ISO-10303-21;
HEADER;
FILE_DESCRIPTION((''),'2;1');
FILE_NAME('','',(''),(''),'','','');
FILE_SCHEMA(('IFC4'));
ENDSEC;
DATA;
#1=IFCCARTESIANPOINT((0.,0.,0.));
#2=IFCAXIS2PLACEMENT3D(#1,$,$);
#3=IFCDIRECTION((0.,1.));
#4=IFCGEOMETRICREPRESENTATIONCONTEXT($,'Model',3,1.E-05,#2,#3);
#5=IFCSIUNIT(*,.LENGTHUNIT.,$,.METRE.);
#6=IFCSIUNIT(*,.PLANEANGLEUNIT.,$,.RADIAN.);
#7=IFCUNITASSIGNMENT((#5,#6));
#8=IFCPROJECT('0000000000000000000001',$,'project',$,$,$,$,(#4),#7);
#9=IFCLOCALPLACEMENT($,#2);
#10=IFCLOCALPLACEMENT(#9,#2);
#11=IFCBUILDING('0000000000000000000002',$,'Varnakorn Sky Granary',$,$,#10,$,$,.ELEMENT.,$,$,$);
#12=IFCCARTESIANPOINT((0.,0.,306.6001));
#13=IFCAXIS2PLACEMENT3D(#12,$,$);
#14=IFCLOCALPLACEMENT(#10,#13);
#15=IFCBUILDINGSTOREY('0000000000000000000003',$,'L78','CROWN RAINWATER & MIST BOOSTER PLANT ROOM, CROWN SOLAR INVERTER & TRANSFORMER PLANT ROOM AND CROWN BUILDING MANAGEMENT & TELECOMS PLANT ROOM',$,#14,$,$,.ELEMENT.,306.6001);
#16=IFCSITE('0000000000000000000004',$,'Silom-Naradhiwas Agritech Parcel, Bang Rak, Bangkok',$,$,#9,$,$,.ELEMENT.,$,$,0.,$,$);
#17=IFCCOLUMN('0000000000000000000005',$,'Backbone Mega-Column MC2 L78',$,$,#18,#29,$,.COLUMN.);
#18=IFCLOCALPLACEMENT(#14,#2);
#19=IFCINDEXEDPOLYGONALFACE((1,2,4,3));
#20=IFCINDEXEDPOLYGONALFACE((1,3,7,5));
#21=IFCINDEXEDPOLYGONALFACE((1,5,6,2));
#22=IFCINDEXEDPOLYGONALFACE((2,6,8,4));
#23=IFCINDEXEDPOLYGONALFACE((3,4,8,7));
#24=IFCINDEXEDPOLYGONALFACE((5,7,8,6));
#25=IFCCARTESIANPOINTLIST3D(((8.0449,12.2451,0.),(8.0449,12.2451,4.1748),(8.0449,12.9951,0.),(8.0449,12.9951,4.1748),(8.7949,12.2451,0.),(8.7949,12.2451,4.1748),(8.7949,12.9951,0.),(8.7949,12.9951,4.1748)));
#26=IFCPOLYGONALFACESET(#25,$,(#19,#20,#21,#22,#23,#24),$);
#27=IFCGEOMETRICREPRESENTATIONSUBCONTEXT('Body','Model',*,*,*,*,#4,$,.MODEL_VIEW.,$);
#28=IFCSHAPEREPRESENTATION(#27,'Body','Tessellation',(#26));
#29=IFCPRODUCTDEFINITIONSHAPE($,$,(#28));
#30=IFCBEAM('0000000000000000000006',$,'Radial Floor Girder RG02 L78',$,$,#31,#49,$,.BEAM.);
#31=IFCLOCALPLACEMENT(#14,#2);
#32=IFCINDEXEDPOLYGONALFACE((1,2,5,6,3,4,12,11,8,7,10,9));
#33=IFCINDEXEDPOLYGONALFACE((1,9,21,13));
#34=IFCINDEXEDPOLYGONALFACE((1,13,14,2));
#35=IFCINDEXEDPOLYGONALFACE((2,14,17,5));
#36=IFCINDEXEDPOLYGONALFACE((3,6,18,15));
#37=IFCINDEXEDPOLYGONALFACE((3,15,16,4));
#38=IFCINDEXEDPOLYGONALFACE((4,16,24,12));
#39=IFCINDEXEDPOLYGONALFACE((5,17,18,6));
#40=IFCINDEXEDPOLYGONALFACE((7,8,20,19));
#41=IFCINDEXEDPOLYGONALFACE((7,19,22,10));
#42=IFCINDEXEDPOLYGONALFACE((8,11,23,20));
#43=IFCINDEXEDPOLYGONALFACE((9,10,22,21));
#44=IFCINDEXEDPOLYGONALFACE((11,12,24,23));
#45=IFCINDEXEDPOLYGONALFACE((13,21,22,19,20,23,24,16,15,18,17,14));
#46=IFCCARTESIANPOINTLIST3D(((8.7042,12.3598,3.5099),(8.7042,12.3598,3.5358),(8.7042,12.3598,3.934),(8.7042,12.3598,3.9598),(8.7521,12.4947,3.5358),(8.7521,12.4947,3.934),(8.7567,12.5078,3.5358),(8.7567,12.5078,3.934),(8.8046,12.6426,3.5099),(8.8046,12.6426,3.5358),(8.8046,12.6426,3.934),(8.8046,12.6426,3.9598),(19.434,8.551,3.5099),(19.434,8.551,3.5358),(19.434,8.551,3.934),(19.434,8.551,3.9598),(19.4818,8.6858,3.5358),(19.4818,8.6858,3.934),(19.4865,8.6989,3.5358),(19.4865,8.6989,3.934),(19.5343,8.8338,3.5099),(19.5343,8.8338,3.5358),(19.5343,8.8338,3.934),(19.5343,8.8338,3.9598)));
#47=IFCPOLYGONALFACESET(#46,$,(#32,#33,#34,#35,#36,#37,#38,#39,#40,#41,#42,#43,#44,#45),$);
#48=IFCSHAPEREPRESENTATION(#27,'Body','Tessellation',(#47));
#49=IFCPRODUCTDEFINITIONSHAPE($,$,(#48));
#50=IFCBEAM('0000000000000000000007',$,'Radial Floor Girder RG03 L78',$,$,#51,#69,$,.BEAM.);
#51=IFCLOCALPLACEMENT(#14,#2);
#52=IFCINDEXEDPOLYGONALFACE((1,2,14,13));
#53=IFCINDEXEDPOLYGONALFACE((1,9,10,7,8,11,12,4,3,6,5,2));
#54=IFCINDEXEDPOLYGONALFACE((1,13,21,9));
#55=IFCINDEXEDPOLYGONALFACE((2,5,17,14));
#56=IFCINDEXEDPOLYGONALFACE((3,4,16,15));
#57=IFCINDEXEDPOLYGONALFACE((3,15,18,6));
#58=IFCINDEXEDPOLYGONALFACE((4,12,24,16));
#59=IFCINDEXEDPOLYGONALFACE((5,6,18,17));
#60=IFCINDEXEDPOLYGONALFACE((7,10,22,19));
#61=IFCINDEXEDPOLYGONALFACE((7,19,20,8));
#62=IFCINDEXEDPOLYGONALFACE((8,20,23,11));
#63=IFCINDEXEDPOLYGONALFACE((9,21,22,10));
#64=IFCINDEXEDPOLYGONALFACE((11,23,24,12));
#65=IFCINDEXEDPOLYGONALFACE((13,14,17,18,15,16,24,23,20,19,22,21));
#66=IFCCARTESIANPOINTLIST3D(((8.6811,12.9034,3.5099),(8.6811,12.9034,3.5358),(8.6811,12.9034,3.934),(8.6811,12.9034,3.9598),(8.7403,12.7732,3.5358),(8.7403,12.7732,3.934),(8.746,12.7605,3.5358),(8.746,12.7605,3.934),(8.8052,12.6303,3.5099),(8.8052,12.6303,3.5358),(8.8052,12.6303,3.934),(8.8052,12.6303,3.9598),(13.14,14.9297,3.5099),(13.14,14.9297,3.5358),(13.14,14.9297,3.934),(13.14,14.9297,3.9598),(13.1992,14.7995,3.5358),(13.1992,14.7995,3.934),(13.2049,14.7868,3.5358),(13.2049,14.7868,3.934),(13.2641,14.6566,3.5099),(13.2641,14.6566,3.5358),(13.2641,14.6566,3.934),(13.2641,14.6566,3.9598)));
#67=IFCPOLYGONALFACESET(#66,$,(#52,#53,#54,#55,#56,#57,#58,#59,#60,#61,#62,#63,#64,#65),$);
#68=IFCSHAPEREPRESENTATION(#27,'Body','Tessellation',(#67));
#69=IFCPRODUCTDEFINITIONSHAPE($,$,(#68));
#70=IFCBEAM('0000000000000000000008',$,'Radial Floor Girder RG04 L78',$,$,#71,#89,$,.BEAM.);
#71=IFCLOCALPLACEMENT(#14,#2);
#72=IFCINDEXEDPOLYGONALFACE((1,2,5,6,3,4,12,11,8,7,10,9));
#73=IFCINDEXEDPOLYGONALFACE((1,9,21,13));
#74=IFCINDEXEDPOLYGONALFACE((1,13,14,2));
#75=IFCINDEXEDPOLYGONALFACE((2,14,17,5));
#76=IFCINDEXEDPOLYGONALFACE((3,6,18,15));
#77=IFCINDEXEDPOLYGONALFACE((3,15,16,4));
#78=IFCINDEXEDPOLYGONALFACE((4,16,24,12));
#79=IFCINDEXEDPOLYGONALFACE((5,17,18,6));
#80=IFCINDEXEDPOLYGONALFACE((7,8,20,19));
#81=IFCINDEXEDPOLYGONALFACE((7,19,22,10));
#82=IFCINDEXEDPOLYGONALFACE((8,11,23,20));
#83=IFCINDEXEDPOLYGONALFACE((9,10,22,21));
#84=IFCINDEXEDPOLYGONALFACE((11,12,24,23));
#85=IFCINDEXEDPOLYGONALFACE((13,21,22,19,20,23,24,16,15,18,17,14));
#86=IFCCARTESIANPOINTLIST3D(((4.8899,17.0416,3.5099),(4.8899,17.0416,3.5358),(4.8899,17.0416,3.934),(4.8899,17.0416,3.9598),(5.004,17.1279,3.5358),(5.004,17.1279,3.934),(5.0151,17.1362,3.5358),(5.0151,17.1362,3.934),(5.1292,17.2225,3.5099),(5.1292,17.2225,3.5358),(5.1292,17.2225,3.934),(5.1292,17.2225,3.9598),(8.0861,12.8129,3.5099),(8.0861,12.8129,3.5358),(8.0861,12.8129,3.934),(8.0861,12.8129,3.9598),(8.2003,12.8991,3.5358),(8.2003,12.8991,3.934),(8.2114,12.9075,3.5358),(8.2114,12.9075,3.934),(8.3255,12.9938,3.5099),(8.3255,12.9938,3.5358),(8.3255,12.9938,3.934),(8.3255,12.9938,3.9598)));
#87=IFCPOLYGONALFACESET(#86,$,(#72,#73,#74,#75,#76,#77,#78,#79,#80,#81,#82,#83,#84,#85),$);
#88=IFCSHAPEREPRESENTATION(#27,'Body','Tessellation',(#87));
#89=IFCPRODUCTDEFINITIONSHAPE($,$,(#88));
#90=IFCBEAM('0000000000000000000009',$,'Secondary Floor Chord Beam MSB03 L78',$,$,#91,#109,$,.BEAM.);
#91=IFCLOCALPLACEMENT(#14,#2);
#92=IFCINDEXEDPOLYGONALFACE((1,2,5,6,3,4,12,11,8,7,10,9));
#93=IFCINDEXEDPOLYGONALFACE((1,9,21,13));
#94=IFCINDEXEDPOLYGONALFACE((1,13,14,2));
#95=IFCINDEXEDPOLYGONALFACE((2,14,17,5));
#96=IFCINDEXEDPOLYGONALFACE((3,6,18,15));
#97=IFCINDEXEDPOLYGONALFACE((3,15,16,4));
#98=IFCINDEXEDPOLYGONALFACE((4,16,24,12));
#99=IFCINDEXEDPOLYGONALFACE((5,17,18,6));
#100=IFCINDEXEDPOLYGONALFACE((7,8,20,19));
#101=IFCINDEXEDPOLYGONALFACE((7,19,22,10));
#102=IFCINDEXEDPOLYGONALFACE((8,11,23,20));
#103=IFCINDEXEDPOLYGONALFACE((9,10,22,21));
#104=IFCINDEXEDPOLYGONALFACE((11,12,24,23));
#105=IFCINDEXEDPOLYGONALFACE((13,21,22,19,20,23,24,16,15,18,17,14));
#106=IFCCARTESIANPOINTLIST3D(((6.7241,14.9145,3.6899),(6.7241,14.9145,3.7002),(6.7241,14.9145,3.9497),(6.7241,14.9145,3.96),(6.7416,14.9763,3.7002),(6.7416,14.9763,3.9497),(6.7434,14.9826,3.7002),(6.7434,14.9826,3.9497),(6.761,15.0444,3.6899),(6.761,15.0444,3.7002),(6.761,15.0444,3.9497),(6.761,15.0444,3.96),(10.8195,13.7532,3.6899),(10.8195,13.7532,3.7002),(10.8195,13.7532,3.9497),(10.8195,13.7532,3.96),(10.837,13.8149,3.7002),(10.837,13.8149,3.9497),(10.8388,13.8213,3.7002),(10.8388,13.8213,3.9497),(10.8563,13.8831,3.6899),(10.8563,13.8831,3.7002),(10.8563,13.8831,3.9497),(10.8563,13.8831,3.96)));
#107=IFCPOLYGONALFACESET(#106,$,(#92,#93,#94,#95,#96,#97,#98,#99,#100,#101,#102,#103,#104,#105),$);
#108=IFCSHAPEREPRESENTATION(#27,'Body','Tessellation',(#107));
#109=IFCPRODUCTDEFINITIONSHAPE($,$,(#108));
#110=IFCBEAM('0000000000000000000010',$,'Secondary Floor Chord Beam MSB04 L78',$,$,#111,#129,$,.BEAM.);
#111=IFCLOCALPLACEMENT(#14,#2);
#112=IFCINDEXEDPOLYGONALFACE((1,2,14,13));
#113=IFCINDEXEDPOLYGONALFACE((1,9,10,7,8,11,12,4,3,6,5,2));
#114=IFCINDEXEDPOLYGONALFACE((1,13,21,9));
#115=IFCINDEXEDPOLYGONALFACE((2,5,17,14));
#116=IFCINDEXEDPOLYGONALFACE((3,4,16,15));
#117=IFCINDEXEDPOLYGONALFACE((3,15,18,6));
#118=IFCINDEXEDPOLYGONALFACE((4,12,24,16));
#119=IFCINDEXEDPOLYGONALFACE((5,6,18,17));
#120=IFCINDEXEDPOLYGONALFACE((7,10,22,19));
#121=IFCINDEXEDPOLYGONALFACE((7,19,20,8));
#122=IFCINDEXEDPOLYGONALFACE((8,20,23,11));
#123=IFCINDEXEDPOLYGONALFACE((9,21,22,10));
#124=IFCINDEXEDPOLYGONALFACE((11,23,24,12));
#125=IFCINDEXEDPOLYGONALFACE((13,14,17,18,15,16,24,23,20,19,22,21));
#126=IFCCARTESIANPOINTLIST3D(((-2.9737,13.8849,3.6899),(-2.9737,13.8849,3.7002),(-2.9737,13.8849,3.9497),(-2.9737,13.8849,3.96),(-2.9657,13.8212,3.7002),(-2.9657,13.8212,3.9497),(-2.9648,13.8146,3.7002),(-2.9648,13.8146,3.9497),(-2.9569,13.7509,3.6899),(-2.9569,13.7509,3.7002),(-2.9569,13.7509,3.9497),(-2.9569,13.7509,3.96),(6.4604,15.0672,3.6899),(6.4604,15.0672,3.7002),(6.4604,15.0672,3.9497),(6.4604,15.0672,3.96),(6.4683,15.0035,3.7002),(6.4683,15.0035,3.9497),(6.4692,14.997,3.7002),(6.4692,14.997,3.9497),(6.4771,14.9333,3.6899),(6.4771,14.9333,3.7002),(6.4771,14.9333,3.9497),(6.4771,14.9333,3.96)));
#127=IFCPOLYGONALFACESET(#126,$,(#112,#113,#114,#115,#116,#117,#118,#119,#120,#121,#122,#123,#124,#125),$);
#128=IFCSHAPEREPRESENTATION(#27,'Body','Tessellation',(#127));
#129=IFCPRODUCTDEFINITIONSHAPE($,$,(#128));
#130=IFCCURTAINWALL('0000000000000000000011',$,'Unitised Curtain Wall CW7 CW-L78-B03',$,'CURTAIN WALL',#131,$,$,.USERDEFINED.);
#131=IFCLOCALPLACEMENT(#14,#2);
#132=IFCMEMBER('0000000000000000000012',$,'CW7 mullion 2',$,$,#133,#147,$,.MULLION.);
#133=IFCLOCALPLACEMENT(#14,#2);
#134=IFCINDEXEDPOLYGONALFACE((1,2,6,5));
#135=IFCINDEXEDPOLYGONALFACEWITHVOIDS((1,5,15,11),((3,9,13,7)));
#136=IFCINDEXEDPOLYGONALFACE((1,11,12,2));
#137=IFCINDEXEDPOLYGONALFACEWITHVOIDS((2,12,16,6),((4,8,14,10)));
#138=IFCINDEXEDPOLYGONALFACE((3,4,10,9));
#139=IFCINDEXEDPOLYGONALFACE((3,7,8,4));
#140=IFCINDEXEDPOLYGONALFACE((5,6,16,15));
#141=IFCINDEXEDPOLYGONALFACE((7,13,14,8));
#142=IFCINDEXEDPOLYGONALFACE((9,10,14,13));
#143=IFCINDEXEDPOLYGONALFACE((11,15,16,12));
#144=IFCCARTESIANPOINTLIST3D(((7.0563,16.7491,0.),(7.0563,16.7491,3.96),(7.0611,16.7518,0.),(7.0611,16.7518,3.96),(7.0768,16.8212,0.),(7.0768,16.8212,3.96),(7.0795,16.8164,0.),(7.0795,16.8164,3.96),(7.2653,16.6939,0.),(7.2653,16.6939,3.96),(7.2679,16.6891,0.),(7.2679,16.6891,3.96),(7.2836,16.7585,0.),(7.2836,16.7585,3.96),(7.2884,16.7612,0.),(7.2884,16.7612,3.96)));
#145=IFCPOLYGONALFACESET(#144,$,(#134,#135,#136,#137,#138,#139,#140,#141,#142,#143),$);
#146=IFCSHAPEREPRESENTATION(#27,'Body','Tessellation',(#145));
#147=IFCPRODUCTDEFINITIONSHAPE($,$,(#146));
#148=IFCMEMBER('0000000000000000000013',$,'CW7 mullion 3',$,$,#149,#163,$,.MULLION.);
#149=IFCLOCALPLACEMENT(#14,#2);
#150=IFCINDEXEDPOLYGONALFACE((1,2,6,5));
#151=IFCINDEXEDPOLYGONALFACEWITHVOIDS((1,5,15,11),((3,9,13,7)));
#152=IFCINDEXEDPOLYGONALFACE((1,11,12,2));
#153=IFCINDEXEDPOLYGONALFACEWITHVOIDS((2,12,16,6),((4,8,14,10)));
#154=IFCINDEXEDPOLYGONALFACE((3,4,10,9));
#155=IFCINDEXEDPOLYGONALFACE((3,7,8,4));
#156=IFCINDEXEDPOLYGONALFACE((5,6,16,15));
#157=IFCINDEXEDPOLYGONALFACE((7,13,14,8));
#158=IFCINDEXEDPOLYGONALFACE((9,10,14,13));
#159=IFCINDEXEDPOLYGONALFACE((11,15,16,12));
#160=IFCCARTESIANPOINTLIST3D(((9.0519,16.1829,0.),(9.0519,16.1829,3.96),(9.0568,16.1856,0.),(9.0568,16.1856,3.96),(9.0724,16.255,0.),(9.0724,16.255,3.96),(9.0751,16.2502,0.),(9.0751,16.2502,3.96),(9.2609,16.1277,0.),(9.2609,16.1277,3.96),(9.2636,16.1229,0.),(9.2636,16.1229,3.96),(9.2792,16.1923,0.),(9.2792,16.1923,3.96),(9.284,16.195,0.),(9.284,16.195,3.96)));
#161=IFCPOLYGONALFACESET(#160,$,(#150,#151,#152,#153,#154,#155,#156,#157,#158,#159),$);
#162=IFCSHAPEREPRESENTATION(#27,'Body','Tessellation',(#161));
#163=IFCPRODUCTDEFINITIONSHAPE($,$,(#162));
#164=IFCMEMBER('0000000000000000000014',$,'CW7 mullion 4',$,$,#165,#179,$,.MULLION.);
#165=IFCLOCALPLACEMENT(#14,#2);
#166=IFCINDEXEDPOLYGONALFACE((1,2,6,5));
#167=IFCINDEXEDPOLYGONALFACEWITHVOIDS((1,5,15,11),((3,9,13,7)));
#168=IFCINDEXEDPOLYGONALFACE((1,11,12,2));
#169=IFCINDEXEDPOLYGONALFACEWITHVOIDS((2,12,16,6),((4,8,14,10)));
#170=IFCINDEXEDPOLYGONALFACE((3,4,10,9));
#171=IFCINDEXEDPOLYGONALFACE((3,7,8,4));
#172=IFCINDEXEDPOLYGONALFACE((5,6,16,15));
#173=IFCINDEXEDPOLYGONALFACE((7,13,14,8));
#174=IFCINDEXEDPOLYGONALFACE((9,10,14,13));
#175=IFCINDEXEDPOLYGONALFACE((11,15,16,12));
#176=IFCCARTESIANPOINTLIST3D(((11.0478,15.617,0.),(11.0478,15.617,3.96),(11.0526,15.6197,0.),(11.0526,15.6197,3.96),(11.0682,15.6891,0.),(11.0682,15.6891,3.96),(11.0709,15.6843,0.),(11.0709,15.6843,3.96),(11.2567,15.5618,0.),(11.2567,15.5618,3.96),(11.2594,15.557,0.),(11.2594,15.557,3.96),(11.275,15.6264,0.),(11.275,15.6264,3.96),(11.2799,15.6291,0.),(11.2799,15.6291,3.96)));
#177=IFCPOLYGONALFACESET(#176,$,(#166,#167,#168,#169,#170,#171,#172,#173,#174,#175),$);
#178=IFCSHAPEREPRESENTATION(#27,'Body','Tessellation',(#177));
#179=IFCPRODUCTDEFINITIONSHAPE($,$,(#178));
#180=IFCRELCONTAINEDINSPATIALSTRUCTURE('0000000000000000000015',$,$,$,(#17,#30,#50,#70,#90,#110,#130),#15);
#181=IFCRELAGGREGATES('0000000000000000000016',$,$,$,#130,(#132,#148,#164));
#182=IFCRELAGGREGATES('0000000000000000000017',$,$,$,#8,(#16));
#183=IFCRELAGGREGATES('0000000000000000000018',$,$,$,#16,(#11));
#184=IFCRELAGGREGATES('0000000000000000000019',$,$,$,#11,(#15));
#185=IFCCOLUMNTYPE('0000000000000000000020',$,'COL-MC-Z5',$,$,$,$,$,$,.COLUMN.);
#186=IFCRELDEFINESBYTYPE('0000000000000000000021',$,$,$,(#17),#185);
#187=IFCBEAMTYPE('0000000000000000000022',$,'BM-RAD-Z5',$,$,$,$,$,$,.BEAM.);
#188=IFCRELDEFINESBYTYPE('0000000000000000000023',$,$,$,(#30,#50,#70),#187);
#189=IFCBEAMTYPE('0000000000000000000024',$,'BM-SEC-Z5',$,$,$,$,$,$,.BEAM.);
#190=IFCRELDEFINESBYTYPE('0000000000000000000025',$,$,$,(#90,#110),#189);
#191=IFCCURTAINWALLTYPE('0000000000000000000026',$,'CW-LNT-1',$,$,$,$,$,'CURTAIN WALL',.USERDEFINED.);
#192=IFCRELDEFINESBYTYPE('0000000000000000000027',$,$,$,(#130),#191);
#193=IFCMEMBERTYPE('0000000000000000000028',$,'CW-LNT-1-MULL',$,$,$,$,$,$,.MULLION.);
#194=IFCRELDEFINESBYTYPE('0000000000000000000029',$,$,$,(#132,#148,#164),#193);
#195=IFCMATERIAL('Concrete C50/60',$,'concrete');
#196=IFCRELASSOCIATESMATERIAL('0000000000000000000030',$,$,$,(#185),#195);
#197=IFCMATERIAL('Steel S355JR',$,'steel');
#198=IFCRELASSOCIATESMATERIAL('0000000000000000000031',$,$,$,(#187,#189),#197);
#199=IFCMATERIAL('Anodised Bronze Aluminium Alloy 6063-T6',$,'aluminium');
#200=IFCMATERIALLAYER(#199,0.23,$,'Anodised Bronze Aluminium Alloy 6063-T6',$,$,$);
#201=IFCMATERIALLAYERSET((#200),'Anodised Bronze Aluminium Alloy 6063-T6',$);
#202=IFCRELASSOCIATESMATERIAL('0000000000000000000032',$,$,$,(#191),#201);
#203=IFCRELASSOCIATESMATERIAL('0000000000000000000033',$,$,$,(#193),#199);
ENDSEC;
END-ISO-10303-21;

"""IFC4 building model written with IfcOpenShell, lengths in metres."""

from ifc_helpers import new_model, si_unit, direction, frame, origin, origin_2d, place, context, subcontext, project, spatial, rectangle, hollow_rectangle, i_section, extrude, material, layer, layer_set, material_profile, profile_set, type_object, element, aggregate, save


model = new_model("IFC4")

# Units and contexts
model_context = context("Model", 3, precision=1e-05, world=origin(), true_north=direction((0.0, 1.0)))
body_context = subcontext(model_context, "Body", "Model", "MODEL_VIEW")
ifc_project = project(units=[si_unit("LENGTHUNIT", "METRE"), si_unit("PLANEANGLEUNIT", "RADIAN")], contexts=[model_context])

# Site, building, storey
site_placement = place(None, origin())
site = spatial("IfcSite", under=ifc_project, at=site_placement, Name="Silom-Naradhiwas Agritech Parcel, Bang Rak, Bangkok", CompositionType="ELEMENT", RefElevation=0.0)
building_placement = place(site_placement, origin())
building = spatial("IfcBuilding", under=site, at=building_placement, Name="Varnakorn Sky Granary", CompositionType="ELEMENT")
storey_placement = place(building_placement, frame((0.0, 0.0, 306.6001)))
storey = spatial("IfcBuildingStorey", under=building, at=storey_placement, Name="L78", Description="CROWN RAINWATER & MIST BOOSTER PLANT ROOM, CROWN SOLAR INVERTER & TRANSFORMER PLANT ROOM AND CROWN BUILDING MANAGEMENT & TELECOMS PLANT ROOM", CompositionType="ELEMENT", Elevation=306.6001)

# Column
ifc_material_1 = material(Name="Concrete C50/60", Category="concrete")
ifc_material_profile_1 = material_profile(ifc_material_1, rectangle(XDim=0.75, YDim=0.75, at=origin_2d()), Name="RC 750x750")
ifc_profile_set_1 = profile_set([ifc_material_profile_1], Name="Concrete C50/60")
column_type = type_object("IfcColumnType", Name="COL-MC-Z5", PredefinedType="COLUMN", material=ifc_profile_set_1)
column_placement = place(storey_placement, frame((8.4199, 12.6201, 0.0), z_axis=(0.0, 0.0, 1.0), x_axis=(1.0, 0.0, 0.0)))
element("IfcColumn", 1, at=column_placement, inside=storey, type_object=column_type, Name="Backbone Mega-Column MC2 L78", PredefinedType="COLUMN", context=body_context, shape_type="SweptSolid", body=[
    extrude(rectangle(XDim=0.75, YDim=0.75, at=origin_2d()), origin(), (0.0, 0.0, 1.0), 4.1748),
])

# Beams
ifc_material_2 = material(Name="Steel S355JR", Category="steel")
ifc_material_profile_2 = material_profile(ifc_material_2, i_section(OverallWidth=0.3, OverallDepth=0.45, WebThickness=0.0139, FlangeThickness=0.0259, at=origin_2d()), Name="HE 450 B")
ifc_profile_set_2 = profile_set([ifc_material_profile_2], Name="Steel S355JR")
beam_type_1 = type_object("IfcBeamType", Name="BM-RAD-Z5", PredefinedType="BEAM", material=ifc_profile_set_2)
beam_1_placement = place(storey_placement, frame((8.7544, 12.5012, 3.7349), z_axis=(0.942386, -0.334528, 0.0), x_axis=(0.334528, 0.942386, 0.0)))
element("IfcBeam", 2, at=beam_1_placement, inside=storey, type_object=beam_type_1, Name="Radial Floor Girder RG02 L78", PredefinedType="BEAM", context=body_context, shape_type="SweptSolid", body=[
    extrude(i_section(OverallWidth=0.3, OverallDepth=0.45, WebThickness=0.0139, FlangeThickness=0.0259, at=origin_2d()), origin(), (0.0, 0.0, 1.0), 11.3857),
])
beam_2_placement = place(storey_placement, frame((8.7432, 12.7668, 3.7349), z_axis=(0.910401, 0.413728, 0.0), x_axis=(-0.413728, 0.910401, 0.0)))
element("IfcBeam", 3, at=beam_2_placement, inside=storey, type_object=beam_type_1, Name="Radial Floor Girder RG03 L78", PredefinedType="BEAM", context=body_context, shape_type="SweptSolid", body=[
    extrude(i_section(OverallWidth=0.3, OverallDepth=0.45, WebThickness=0.0139, FlangeThickness=0.0259, at=origin_2d()), origin(), (0.0, 0.0, 1.0), 4.8977),
])
beam_3_placement = place(storey_placement, frame((8.2058, 12.9033, 3.7349), z_axis=(-0.60298, 0.797756, 0.0), x_axis=(-0.797756, -0.60298, 0.0)))
element("IfcBeam", 4, at=beam_3_placement, inside=storey, type_object=beam_type_1, Name="Radial Floor Girder RG04 L78", PredefinedType="BEAM", context=body_context, shape_type="SweptSolid", body=[
    extrude(i_section(OverallWidth=0.3, OverallDepth=0.45, WebThickness=0.0139, FlangeThickness=0.0259, at=origin_2d()), origin(), (0.0, 0.0, 1.0), 5.3008),
])
ifc_material_profile_3 = material_profile(ifc_material_2, i_section(OverallWidth=0.135, OverallDepth=0.27, WebThickness=0.0066, FlangeThickness=0.0103, at=origin_2d()), Name="IPE 270")
ifc_profile_set_3 = profile_set([ifc_material_profile_3], Name="Steel S355JR")
beam_type_2 = type_object("IfcBeamType", Name="BM-SEC-Z5", PredefinedType="BEAM", material=ifc_profile_set_3)
beam_4_placement = place(storey_placement, frame((10.8379, 13.8181, 3.825), z_axis=(-0.962065, 0.272819, 0.0), x_axis=(-0.272819, -0.962065, 0.0)))
element("IfcBeam", 5, at=beam_4_placement, inside=storey, type_object=beam_type_2, Name="Secondary Floor Chord Beam MSB03 L78", PredefinedType="BEAM", context=body_context, shape_type="SweptSolid", body=[
    extrude(i_section(OverallWidth=0.135, OverallDepth=0.27, WebThickness=0.0066, FlangeThickness=0.0103, at=origin_2d()), origin(), (0.0, 0.0, 1.0), 4.2568),
])
beam_5_placement = place(storey_placement, frame((6.4688, 15.0002, 3.825), z_axis=(-0.992238, -0.124357, 0.0), x_axis=(0.124357, -0.992238, 0.0)))
element("IfcBeam", 6, at=beam_5_placement, inside=storey, type_object=beam_type_2, Name="Secondary Floor Chord Beam MSB04 L78", PredefinedType="BEAM", context=body_context, shape_type="SweptSolid", body=[
    extrude(i_section(OverallWidth=0.135, OverallDepth=0.27, WebThickness=0.0066, FlangeThickness=0.0103, at=origin_2d()), origin(), (0.0, 0.0, 1.0), 9.5078),
])

# Curtain wall, members
ifc_material_3 = material(Name="Anodised Bronze Aluminium Alloy 6063-T6", Category="aluminium")
ifc_layer_1 = layer(ifc_material_3, 0.23, Name="Anodised Bronze Aluminium Alloy 6063-T6")
ifc_layer_set_1 = layer_set([ifc_layer_1], Name="Anodised Bronze Aluminium Alloy 6063-T6")
curtain_wall_type = type_object("IfcCurtainWallType", Name="CW-LNT-1", ElementType="CURTAIN WALL", PredefinedType="USERDEFINED", material=ifc_layer_set_1)
curtain_wall_placement = place(storey_placement, origin())
curtain_wall = element("IfcCurtainWall", 7, at=curtain_wall_placement, inside=storey, type_object=curtain_wall_type, Name="Unitised Curtain Wall CW7 CW-L78-B03", ObjectType="CURTAIN WALL", PredefinedType="USERDEFINED")
ifc_material_profile_4 = material_profile(ifc_material_3, hollow_rectangle(XDim=0.075, YDim=0.22, WallThickness=0.0039, at=origin_2d()), Name="ALU MULL 75x220")
ifc_profile_set_4 = profile_set([ifc_material_profile_4], Name="Anodised Bronze Aluminium Alloy 6063-T6")
member_type_1 = type_object("IfcMemberType", Name="CW-LNT-1-MULL", PredefinedType="MULLION", material=ifc_profile_set_4)
member_1_placement = place(storey_placement, frame((7.1724, 16.7551, 0.0), z_axis=(0.0, 0.0, 1.0), x_axis=(0.272905, 0.962041, 0.0)))
member_1 = element("IfcMember", 8, at=member_1_placement, type_object=member_type_1, Name="CW7 mullion 2", PredefinedType="MULLION", context=body_context, shape_type="SweptSolid", body=[
    extrude(hollow_rectangle(XDim=0.075, YDim=0.22, WallThickness=0.0039, at=origin_2d()), origin(), (0.0, 0.0, 1.0), 3.96),
])
member_2_placement = place(storey_placement, frame((9.168, 16.189, 0.0), z_axis=(0.0, 0.0, 1.0), x_axis=(0.272905, 0.962041, 0.0)))
member_2 = element("IfcMember", 9, at=member_2_placement, type_object=member_type_1, Name="CW7 mullion 3", PredefinedType="MULLION", context=body_context, shape_type="SweptSolid", body=[
    extrude(hollow_rectangle(XDim=0.075, YDim=0.22, WallThickness=0.0039, at=origin_2d()), origin(), (0.0, 0.0, 1.0), 3.96),
])
member_3_placement = place(storey_placement, frame((11.1638, 15.623, 0.0), z_axis=(0.0, 0.0, 1.0), x_axis=(0.272905, 0.962041, 0.0)))
member_3 = element("IfcMember", 10, at=member_3_placement, type_object=member_type_1, Name="CW7 mullion 4", PredefinedType="MULLION", context=body_context, shape_type="SweptSolid", body=[
    extrude(hollow_rectangle(XDim=0.075, YDim=0.22, WallThickness=0.0039, at=origin_2d()), origin(), (0.0, 0.0, 1.0), 3.96),
])
aggregate(curtain_wall, [member_1, member_2, member_3])

save(model, "model.ifc")
